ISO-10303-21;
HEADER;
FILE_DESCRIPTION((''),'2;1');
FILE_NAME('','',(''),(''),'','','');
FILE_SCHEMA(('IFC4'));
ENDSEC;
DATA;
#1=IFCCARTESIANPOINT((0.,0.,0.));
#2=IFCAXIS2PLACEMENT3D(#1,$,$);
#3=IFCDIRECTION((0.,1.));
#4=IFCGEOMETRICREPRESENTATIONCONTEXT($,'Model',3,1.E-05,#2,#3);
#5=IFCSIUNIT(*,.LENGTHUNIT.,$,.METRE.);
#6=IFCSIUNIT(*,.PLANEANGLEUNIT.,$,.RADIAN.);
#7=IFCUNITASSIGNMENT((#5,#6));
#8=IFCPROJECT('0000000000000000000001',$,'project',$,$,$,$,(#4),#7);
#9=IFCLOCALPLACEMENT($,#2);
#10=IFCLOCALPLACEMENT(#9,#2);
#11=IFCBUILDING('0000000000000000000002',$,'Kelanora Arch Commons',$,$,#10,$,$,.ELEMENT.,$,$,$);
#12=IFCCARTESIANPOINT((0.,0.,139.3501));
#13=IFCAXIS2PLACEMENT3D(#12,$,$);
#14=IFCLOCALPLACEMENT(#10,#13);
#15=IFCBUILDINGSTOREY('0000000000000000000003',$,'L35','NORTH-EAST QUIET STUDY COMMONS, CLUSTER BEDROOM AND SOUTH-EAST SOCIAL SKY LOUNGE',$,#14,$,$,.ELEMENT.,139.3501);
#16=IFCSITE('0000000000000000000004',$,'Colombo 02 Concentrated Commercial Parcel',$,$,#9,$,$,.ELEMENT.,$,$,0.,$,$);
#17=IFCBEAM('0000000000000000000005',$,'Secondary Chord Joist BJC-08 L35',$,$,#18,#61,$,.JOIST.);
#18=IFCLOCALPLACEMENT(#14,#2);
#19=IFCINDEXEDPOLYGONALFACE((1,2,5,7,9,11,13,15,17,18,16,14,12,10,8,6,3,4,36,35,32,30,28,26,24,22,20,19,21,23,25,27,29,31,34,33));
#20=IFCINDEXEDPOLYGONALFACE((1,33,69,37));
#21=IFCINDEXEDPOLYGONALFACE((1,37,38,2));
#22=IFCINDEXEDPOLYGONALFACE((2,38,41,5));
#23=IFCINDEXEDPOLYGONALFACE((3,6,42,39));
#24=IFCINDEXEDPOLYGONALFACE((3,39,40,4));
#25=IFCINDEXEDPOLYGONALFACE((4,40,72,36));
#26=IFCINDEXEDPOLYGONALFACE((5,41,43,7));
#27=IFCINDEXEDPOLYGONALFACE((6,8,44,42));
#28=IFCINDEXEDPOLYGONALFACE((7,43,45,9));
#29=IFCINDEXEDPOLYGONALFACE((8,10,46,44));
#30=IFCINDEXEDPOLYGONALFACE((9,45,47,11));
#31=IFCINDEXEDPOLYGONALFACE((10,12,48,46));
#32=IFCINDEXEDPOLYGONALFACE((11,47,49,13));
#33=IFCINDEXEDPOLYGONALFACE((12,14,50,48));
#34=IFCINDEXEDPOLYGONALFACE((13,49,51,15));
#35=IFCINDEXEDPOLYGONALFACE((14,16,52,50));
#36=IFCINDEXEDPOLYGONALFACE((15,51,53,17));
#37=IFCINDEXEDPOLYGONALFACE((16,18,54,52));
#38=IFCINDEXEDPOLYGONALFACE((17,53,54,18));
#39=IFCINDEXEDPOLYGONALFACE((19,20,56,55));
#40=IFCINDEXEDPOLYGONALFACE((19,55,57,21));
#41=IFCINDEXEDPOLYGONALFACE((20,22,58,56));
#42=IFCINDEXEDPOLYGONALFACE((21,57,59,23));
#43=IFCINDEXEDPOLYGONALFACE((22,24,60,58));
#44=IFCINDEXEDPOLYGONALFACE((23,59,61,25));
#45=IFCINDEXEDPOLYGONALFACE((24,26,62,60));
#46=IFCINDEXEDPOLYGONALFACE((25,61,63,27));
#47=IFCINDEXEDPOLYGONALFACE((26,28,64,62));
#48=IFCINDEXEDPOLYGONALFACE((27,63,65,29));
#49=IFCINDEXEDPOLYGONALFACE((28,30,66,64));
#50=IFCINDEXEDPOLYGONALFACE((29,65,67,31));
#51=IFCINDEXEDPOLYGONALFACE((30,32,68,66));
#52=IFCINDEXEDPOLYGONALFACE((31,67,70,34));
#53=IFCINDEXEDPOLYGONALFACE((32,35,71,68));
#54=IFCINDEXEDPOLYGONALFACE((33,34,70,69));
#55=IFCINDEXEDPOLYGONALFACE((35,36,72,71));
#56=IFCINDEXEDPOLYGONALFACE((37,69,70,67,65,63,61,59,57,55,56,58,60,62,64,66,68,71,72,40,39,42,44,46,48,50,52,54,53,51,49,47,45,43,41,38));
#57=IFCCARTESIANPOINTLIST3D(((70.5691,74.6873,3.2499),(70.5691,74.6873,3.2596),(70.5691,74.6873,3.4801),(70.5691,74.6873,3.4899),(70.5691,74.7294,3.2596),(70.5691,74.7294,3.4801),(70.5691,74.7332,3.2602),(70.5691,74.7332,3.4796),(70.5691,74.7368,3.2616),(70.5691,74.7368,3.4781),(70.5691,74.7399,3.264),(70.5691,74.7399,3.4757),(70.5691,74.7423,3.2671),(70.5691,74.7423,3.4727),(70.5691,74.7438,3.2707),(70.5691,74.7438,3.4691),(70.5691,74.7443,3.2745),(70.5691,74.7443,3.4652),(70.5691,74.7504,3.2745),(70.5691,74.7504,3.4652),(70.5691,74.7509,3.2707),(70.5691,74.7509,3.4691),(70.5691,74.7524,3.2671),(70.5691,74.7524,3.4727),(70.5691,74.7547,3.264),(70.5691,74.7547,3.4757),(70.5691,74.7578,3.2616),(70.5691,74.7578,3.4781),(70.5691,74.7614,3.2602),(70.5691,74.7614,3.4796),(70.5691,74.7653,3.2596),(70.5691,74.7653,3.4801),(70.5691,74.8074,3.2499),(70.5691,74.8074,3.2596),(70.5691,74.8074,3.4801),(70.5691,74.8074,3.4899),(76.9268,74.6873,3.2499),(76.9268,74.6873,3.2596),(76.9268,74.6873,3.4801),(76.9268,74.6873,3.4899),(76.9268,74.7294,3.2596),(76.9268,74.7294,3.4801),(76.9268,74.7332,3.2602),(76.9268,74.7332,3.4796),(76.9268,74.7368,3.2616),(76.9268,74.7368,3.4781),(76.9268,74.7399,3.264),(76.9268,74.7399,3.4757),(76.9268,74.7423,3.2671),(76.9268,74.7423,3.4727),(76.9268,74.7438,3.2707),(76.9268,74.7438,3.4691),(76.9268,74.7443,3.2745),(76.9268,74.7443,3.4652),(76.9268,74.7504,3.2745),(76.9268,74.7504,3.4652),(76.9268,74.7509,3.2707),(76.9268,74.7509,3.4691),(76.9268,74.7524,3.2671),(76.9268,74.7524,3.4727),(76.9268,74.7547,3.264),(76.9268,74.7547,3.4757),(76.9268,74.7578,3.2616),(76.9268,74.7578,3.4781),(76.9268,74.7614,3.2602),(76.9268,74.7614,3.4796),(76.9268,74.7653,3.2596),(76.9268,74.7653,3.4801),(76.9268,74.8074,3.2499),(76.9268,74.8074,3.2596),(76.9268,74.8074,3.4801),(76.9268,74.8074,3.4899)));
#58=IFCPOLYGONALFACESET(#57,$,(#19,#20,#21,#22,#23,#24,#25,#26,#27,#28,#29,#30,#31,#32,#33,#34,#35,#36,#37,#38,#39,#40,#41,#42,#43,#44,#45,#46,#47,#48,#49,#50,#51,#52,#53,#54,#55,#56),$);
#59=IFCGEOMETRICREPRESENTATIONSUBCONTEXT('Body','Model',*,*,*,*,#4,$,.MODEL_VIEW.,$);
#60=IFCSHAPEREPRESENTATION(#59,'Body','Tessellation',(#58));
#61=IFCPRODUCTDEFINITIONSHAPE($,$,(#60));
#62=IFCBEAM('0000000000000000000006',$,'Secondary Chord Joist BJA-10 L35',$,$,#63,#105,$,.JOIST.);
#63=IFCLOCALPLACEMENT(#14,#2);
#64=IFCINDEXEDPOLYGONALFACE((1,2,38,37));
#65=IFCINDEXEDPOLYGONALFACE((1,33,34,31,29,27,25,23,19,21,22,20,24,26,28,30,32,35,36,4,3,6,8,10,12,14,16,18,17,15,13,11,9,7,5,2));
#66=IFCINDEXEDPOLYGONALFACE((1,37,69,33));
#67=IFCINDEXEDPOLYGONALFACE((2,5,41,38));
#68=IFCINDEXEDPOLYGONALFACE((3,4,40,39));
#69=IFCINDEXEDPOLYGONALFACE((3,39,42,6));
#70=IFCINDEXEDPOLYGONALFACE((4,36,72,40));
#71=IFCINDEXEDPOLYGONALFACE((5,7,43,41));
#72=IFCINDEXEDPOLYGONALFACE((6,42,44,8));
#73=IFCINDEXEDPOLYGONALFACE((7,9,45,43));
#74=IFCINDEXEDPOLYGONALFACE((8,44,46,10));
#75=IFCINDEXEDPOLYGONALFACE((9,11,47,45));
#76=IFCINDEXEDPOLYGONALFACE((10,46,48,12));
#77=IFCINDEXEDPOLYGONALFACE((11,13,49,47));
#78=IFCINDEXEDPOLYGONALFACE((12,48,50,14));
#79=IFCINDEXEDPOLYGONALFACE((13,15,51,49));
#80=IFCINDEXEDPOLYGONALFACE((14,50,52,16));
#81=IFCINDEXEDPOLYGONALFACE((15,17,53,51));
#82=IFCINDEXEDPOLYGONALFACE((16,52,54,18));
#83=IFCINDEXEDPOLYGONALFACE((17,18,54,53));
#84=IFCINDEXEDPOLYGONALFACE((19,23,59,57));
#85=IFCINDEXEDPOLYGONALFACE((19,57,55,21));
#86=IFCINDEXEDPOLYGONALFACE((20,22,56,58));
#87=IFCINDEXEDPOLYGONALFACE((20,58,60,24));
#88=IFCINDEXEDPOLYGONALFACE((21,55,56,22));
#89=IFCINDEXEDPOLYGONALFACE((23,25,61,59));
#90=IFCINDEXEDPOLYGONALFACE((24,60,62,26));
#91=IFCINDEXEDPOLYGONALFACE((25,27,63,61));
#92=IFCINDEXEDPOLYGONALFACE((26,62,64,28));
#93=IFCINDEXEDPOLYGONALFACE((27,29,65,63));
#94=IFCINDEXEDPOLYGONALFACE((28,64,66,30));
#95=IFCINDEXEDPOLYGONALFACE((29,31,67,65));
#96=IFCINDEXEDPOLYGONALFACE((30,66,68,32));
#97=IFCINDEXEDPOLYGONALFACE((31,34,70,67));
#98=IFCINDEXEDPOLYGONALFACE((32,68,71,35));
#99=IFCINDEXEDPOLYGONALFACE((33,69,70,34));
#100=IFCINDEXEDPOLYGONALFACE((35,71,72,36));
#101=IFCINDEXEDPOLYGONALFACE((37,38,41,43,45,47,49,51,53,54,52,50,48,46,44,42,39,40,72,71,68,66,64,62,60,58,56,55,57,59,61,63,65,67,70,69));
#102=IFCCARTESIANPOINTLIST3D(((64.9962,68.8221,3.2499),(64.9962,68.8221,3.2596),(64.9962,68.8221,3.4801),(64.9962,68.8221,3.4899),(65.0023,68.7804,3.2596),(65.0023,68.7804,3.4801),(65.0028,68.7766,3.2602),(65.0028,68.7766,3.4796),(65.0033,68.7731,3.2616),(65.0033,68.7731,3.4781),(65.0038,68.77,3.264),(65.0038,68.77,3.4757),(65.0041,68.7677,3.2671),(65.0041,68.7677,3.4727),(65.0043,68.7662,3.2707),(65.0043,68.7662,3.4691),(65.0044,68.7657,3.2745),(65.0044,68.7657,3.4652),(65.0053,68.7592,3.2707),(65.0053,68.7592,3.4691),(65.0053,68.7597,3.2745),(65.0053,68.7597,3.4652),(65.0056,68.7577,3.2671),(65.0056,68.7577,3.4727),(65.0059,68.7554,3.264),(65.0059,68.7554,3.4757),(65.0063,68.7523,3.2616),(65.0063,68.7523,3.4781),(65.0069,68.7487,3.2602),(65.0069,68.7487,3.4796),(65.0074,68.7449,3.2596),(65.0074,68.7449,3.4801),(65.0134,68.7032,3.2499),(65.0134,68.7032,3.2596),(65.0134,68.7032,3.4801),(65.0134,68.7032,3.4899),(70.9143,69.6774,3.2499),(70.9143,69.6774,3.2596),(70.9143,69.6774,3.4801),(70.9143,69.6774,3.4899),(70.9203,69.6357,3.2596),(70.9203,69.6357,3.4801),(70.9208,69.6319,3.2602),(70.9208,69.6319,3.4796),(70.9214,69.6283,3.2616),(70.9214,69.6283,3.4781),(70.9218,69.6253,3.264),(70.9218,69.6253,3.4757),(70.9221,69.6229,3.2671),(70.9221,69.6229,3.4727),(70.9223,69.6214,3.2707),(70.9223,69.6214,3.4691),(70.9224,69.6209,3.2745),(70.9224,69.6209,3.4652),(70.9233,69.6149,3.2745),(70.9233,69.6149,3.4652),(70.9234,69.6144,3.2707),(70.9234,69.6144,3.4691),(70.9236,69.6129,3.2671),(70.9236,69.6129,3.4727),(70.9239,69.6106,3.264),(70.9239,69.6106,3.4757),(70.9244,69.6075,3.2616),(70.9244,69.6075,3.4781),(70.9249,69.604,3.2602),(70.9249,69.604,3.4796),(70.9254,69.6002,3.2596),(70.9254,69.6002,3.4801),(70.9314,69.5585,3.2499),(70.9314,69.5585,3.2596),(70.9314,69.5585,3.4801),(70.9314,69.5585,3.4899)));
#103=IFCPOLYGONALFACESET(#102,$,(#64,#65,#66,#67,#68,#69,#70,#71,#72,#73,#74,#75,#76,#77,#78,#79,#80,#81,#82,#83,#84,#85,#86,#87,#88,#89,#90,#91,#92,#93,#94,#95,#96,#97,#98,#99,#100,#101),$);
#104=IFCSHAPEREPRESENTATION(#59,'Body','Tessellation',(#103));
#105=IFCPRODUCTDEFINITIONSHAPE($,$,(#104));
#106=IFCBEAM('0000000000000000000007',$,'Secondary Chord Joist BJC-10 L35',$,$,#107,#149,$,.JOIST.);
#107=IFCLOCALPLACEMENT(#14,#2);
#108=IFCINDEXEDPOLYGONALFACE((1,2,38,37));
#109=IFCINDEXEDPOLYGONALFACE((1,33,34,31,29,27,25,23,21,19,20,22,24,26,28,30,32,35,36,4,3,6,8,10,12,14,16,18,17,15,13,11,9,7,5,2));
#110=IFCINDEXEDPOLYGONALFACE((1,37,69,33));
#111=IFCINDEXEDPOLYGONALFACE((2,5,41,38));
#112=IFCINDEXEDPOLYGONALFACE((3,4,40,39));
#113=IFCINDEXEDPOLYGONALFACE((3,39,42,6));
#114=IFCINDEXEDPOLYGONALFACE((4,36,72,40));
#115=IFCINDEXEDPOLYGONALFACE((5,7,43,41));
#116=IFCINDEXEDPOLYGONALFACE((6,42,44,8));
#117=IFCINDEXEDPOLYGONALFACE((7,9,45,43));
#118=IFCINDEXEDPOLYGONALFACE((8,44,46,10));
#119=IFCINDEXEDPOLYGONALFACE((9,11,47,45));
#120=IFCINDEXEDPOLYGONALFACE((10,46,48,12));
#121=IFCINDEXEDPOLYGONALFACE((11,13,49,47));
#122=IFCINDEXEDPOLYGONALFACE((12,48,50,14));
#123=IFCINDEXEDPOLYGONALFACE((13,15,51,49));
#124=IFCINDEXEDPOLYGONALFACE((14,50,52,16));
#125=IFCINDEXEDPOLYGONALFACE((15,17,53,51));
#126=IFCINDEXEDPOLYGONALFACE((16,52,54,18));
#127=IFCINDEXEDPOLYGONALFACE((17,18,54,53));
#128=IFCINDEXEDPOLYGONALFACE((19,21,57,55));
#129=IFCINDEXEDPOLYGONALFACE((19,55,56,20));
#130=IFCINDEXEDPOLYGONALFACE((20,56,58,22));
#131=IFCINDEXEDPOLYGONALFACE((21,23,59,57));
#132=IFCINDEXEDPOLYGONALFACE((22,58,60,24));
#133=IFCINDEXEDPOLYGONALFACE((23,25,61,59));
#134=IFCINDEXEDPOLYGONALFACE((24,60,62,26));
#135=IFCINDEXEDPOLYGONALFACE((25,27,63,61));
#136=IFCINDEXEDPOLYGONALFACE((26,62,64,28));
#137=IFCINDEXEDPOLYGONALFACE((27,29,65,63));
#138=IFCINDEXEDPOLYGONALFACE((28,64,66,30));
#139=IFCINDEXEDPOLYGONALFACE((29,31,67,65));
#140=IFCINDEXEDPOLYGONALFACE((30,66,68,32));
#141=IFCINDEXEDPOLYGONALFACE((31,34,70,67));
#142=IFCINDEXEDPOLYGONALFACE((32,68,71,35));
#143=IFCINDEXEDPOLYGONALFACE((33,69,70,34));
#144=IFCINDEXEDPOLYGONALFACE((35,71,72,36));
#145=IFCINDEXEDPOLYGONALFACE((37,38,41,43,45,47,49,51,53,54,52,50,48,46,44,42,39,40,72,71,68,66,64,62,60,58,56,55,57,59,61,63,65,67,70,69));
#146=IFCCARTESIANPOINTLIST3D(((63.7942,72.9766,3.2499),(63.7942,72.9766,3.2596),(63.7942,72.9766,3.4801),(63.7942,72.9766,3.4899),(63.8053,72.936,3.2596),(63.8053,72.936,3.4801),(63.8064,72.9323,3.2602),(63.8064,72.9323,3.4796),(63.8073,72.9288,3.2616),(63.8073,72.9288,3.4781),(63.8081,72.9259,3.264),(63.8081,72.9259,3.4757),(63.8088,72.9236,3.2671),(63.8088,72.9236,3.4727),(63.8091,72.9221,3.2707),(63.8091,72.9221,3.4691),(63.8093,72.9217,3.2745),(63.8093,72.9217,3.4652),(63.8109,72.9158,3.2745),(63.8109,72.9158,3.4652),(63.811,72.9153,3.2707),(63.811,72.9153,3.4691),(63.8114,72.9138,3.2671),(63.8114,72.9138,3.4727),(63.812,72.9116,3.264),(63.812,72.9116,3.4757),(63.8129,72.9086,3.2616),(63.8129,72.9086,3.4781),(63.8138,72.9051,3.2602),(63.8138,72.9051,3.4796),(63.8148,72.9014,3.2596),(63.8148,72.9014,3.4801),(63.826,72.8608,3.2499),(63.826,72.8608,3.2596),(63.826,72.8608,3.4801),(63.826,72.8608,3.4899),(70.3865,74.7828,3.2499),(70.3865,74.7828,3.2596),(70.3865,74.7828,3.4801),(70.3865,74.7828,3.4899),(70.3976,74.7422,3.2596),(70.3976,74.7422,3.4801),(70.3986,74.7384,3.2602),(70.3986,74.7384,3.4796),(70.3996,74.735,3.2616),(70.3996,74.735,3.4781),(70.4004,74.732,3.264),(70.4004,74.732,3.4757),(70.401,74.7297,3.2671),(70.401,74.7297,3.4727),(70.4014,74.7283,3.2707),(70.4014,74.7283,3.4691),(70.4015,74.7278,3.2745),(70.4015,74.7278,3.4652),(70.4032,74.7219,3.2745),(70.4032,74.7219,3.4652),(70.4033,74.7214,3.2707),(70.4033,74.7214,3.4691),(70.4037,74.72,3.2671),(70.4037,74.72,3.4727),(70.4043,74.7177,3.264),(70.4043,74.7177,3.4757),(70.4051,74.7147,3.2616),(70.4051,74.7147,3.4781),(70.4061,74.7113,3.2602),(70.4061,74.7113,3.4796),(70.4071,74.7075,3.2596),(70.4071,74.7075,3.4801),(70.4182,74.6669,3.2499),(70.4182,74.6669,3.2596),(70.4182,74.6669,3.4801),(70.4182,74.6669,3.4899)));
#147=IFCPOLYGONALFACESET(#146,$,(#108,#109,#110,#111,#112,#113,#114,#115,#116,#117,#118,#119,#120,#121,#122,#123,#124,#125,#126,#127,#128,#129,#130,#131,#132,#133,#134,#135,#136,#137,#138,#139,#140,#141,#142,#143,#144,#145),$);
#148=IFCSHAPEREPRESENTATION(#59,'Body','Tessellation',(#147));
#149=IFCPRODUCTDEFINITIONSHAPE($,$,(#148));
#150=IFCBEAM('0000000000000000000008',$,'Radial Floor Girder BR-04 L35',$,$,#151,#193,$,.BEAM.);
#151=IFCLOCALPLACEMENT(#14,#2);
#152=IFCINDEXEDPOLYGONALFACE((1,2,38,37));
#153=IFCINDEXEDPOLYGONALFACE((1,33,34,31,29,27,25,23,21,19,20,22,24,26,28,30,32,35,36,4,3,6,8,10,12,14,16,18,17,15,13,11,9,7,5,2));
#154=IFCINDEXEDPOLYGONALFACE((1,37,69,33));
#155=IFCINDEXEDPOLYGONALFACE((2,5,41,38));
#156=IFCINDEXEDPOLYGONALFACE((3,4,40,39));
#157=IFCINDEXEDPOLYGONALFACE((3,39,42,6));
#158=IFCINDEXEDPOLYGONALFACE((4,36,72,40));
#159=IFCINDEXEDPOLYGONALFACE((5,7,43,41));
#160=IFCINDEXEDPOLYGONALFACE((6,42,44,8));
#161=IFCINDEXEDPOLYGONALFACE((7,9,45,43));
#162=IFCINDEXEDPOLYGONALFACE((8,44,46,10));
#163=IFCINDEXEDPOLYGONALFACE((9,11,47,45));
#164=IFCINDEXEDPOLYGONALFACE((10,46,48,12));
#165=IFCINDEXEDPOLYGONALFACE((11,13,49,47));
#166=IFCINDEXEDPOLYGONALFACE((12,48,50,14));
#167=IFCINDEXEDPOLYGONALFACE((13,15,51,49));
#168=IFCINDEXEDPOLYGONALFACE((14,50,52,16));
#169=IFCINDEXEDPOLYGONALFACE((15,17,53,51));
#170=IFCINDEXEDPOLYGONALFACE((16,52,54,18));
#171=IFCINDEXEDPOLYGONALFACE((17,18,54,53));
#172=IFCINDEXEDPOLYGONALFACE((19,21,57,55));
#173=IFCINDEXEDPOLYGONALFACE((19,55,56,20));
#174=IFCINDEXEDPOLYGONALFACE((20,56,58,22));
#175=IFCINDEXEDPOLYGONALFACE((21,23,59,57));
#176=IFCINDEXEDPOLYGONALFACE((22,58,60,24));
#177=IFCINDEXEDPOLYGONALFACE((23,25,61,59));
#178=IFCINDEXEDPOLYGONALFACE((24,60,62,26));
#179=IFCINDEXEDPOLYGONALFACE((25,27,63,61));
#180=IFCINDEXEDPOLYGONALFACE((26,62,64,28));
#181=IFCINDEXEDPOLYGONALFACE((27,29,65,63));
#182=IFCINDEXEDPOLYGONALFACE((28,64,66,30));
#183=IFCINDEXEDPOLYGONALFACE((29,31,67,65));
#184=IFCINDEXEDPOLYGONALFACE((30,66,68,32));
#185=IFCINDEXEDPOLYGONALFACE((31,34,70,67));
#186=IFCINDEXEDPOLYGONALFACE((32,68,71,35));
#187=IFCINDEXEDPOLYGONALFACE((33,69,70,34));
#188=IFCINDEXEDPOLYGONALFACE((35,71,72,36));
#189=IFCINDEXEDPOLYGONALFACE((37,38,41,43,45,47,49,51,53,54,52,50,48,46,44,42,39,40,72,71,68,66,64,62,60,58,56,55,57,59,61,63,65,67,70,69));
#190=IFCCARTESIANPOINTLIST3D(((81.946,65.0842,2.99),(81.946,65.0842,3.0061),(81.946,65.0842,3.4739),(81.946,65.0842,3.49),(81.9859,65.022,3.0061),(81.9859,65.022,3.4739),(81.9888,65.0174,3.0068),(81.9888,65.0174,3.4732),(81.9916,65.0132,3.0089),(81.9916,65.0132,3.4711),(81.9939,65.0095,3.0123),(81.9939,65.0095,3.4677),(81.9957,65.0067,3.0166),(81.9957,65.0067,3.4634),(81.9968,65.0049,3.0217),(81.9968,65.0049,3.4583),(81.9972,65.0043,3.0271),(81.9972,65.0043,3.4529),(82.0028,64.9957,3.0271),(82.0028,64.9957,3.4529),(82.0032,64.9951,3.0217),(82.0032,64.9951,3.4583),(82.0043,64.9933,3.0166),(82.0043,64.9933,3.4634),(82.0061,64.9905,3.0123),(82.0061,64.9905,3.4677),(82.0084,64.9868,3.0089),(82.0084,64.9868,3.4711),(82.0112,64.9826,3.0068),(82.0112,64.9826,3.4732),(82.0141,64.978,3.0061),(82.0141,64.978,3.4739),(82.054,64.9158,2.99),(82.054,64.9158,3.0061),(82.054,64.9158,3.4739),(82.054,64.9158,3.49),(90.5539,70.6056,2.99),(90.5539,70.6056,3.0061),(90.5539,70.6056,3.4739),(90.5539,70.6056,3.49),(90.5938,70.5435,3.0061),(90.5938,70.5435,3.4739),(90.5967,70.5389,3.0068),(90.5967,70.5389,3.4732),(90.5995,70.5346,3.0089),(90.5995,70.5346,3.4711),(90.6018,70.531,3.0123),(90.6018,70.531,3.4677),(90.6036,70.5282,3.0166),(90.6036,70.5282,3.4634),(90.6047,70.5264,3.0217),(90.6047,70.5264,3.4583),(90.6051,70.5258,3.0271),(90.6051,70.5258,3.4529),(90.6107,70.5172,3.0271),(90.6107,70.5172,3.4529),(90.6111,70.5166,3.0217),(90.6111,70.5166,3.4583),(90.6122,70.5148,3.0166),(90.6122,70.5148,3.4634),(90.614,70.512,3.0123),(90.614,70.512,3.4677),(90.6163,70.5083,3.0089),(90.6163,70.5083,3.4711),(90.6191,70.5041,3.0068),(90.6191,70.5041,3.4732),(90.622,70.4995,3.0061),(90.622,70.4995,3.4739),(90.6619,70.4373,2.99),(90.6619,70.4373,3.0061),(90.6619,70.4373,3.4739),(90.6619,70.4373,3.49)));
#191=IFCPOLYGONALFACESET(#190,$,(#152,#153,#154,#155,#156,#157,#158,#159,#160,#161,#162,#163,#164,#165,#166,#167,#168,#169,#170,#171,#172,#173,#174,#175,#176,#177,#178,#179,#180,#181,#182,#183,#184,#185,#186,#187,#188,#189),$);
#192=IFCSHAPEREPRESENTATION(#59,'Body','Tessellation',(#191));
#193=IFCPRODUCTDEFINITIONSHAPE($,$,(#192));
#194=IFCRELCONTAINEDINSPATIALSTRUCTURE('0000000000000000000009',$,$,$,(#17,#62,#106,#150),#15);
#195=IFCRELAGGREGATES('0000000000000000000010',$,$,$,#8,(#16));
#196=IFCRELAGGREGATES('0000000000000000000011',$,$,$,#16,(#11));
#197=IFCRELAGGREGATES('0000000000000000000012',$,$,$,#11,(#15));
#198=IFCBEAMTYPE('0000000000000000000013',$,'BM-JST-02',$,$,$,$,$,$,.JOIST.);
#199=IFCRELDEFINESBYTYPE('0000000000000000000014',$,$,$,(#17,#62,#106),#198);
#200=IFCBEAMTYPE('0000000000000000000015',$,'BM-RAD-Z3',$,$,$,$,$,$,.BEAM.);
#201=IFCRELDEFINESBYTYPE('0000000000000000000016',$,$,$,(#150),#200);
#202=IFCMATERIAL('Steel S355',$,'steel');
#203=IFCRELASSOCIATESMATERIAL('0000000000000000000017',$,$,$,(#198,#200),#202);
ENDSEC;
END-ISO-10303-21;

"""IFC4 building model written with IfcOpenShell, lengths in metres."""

from ifc_helpers import new_model, si_unit, direction, frame, origin, origin_2d, place, context, subcontext, project, spatial, i_section, extrude, material, material_profile, profile_set, type_object, element, save


model = new_model("IFC4")

# Units and contexts
model_context = context("Model", 3, precision=1e-05, world=origin(), true_north=direction((0.0, 1.0)))
body_context = subcontext(model_context, "Body", "Model", "MODEL_VIEW")
ifc_project = project(units=[si_unit("LENGTHUNIT", "METRE"), si_unit("PLANEANGLEUNIT", "RADIAN")], contexts=[model_context])

# Site, building, storey
site_placement = place(None, origin())
site = spatial("IfcSite", under=ifc_project, at=site_placement, Name="Colombo 02 Concentrated Commercial Parcel", CompositionType="ELEMENT", RefElevation=0.0)
building_placement = place(site_placement, origin())
building = spatial("IfcBuilding", under=site, at=building_placement, Name="Kelanora Arch Commons", CompositionType="ELEMENT")
storey_placement = place(building_placement, frame((0.0, 0.0, 139.3501)))
storey = spatial("IfcBuildingStorey", under=building, at=storey_placement, Name="L35", Description="NORTH-EAST QUIET STUDY COMMONS, CLUSTER BEDROOM AND SOUTH-EAST SOCIAL SKY LOUNGE", CompositionType="ELEMENT", Elevation=139.3501)

# Beams
ifc_material_1 = material(Name="Steel S355", Category="steel")
ifc_material_profile_1 = material_profile(ifc_material_1, i_section(OverallWidth=0.1201, OverallDepth=0.24, WebThickness=0.0061, FlangeThickness=0.0098, FilletRadius=0.0149, at=origin_2d()), Name="IPE240")
ifc_profile_set_1 = profile_set([ifc_material_profile_1], Name="Steel S355")
beam_type_1 = type_object("IfcBeamType", Name="BM-JST-02", PredefinedType="JOIST", material=ifc_profile_set_1)
beam_1_placement = place(storey_placement, frame((76.9268, 74.7473, 3.3699), z_axis=(-1.0, 0.0, 0.0), x_axis=(0.0, -1.0, 0.0)))
element("IfcBeam", 1, at=beam_1_placement, inside=storey, type_object=beam_type_1, Name="Secondary Chord Joist BJC-08 L35", PredefinedType="JOIST", context=body_context, shape_type="SweptSolid", body=[
    extrude(i_section(OverallWidth=0.1201, OverallDepth=0.24, WebThickness=0.0061, FlangeThickness=0.0098, FilletRadius=0.0149, at=origin_2d()), origin(), (0.0, 0.0, 1.0), 6.3577),
])
beam_2_placement = place(storey_placement, frame((70.9229, 69.6179, 3.3699), z_axis=(-0.989719, -0.143027, 0.0), x_axis=(0.143027, -0.989719, 0.0)))
element("IfcBeam", 2, at=beam_2_placement, inside=storey, type_object=beam_type_1, Name="Secondary Chord Joist BJA-10 L35", PredefinedType="JOIST", context=body_context, shape_type="SweptSolid", body=[
    extrude(i_section(OverallWidth=0.1201, OverallDepth=0.24, WebThickness=0.0061, FlangeThickness=0.0098, FilletRadius=0.0149, at=origin_2d()), origin(), (0.0, 0.0, 1.0), 5.9795),
])
beam_3_placement = place(storey_placement, frame((70.4023, 74.7249, 3.3699), z_axis=(-0.964457, -0.264242, 0.0), x_axis=(0.264242, -0.964457, 0.0)))
element("IfcBeam", 3, at=beam_3_placement, inside=storey, type_object=beam_type_1, Name="Secondary Chord Joist BJC-10 L35", PredefinedType="JOIST", context=body_context, shape_type="SweptSolid", body=[
    extrude(i_section(OverallWidth=0.1201, OverallDepth=0.24, WebThickness=0.0061, FlangeThickness=0.0098, FilletRadius=0.0149, at=origin_2d()), origin(), (0.0, 0.0, 1.0), 6.8352),
])
ifc_material_profile_2 = material_profile(ifc_material_1, i_section(OverallWidth=0.2, OverallDepth=0.5, WebThickness=0.0103, FlangeThickness=0.0161, FilletRadius=0.021, at=origin_2d()), Name="IPE500")
ifc_profile_set_2 = profile_set([ifc_material_profile_2], Name="Steel S355")
beam_type_2 = type_object("IfcBeamType", Name="BM-RAD-Z3", PredefinedType="BEAM", material=ifc_profile_set_2)
beam_4_placement = place(storey_placement, frame((82.0, 65.0, 3.24), z_axis=(0.841719, 0.539915, 0.0), x_axis=(-0.539915, 0.841719, 0.0)))
element("IfcBeam", 4, at=beam_4_placement, inside=storey, type_object=beam_type_2, Name="Radial Floor Girder BR-04 L35", PredefinedType="BEAM", context=body_context, shape_type="SweptSolid", body=[
    extrude(i_section(OverallWidth=0.2, OverallDepth=0.5, WebThickness=0.0103, FlangeThickness=0.0161, FilletRadius=0.021, at=origin_2d()), origin(), (0.0, 0.0, 1.0), 10.2266),
])

save(model, "model.ifc")
